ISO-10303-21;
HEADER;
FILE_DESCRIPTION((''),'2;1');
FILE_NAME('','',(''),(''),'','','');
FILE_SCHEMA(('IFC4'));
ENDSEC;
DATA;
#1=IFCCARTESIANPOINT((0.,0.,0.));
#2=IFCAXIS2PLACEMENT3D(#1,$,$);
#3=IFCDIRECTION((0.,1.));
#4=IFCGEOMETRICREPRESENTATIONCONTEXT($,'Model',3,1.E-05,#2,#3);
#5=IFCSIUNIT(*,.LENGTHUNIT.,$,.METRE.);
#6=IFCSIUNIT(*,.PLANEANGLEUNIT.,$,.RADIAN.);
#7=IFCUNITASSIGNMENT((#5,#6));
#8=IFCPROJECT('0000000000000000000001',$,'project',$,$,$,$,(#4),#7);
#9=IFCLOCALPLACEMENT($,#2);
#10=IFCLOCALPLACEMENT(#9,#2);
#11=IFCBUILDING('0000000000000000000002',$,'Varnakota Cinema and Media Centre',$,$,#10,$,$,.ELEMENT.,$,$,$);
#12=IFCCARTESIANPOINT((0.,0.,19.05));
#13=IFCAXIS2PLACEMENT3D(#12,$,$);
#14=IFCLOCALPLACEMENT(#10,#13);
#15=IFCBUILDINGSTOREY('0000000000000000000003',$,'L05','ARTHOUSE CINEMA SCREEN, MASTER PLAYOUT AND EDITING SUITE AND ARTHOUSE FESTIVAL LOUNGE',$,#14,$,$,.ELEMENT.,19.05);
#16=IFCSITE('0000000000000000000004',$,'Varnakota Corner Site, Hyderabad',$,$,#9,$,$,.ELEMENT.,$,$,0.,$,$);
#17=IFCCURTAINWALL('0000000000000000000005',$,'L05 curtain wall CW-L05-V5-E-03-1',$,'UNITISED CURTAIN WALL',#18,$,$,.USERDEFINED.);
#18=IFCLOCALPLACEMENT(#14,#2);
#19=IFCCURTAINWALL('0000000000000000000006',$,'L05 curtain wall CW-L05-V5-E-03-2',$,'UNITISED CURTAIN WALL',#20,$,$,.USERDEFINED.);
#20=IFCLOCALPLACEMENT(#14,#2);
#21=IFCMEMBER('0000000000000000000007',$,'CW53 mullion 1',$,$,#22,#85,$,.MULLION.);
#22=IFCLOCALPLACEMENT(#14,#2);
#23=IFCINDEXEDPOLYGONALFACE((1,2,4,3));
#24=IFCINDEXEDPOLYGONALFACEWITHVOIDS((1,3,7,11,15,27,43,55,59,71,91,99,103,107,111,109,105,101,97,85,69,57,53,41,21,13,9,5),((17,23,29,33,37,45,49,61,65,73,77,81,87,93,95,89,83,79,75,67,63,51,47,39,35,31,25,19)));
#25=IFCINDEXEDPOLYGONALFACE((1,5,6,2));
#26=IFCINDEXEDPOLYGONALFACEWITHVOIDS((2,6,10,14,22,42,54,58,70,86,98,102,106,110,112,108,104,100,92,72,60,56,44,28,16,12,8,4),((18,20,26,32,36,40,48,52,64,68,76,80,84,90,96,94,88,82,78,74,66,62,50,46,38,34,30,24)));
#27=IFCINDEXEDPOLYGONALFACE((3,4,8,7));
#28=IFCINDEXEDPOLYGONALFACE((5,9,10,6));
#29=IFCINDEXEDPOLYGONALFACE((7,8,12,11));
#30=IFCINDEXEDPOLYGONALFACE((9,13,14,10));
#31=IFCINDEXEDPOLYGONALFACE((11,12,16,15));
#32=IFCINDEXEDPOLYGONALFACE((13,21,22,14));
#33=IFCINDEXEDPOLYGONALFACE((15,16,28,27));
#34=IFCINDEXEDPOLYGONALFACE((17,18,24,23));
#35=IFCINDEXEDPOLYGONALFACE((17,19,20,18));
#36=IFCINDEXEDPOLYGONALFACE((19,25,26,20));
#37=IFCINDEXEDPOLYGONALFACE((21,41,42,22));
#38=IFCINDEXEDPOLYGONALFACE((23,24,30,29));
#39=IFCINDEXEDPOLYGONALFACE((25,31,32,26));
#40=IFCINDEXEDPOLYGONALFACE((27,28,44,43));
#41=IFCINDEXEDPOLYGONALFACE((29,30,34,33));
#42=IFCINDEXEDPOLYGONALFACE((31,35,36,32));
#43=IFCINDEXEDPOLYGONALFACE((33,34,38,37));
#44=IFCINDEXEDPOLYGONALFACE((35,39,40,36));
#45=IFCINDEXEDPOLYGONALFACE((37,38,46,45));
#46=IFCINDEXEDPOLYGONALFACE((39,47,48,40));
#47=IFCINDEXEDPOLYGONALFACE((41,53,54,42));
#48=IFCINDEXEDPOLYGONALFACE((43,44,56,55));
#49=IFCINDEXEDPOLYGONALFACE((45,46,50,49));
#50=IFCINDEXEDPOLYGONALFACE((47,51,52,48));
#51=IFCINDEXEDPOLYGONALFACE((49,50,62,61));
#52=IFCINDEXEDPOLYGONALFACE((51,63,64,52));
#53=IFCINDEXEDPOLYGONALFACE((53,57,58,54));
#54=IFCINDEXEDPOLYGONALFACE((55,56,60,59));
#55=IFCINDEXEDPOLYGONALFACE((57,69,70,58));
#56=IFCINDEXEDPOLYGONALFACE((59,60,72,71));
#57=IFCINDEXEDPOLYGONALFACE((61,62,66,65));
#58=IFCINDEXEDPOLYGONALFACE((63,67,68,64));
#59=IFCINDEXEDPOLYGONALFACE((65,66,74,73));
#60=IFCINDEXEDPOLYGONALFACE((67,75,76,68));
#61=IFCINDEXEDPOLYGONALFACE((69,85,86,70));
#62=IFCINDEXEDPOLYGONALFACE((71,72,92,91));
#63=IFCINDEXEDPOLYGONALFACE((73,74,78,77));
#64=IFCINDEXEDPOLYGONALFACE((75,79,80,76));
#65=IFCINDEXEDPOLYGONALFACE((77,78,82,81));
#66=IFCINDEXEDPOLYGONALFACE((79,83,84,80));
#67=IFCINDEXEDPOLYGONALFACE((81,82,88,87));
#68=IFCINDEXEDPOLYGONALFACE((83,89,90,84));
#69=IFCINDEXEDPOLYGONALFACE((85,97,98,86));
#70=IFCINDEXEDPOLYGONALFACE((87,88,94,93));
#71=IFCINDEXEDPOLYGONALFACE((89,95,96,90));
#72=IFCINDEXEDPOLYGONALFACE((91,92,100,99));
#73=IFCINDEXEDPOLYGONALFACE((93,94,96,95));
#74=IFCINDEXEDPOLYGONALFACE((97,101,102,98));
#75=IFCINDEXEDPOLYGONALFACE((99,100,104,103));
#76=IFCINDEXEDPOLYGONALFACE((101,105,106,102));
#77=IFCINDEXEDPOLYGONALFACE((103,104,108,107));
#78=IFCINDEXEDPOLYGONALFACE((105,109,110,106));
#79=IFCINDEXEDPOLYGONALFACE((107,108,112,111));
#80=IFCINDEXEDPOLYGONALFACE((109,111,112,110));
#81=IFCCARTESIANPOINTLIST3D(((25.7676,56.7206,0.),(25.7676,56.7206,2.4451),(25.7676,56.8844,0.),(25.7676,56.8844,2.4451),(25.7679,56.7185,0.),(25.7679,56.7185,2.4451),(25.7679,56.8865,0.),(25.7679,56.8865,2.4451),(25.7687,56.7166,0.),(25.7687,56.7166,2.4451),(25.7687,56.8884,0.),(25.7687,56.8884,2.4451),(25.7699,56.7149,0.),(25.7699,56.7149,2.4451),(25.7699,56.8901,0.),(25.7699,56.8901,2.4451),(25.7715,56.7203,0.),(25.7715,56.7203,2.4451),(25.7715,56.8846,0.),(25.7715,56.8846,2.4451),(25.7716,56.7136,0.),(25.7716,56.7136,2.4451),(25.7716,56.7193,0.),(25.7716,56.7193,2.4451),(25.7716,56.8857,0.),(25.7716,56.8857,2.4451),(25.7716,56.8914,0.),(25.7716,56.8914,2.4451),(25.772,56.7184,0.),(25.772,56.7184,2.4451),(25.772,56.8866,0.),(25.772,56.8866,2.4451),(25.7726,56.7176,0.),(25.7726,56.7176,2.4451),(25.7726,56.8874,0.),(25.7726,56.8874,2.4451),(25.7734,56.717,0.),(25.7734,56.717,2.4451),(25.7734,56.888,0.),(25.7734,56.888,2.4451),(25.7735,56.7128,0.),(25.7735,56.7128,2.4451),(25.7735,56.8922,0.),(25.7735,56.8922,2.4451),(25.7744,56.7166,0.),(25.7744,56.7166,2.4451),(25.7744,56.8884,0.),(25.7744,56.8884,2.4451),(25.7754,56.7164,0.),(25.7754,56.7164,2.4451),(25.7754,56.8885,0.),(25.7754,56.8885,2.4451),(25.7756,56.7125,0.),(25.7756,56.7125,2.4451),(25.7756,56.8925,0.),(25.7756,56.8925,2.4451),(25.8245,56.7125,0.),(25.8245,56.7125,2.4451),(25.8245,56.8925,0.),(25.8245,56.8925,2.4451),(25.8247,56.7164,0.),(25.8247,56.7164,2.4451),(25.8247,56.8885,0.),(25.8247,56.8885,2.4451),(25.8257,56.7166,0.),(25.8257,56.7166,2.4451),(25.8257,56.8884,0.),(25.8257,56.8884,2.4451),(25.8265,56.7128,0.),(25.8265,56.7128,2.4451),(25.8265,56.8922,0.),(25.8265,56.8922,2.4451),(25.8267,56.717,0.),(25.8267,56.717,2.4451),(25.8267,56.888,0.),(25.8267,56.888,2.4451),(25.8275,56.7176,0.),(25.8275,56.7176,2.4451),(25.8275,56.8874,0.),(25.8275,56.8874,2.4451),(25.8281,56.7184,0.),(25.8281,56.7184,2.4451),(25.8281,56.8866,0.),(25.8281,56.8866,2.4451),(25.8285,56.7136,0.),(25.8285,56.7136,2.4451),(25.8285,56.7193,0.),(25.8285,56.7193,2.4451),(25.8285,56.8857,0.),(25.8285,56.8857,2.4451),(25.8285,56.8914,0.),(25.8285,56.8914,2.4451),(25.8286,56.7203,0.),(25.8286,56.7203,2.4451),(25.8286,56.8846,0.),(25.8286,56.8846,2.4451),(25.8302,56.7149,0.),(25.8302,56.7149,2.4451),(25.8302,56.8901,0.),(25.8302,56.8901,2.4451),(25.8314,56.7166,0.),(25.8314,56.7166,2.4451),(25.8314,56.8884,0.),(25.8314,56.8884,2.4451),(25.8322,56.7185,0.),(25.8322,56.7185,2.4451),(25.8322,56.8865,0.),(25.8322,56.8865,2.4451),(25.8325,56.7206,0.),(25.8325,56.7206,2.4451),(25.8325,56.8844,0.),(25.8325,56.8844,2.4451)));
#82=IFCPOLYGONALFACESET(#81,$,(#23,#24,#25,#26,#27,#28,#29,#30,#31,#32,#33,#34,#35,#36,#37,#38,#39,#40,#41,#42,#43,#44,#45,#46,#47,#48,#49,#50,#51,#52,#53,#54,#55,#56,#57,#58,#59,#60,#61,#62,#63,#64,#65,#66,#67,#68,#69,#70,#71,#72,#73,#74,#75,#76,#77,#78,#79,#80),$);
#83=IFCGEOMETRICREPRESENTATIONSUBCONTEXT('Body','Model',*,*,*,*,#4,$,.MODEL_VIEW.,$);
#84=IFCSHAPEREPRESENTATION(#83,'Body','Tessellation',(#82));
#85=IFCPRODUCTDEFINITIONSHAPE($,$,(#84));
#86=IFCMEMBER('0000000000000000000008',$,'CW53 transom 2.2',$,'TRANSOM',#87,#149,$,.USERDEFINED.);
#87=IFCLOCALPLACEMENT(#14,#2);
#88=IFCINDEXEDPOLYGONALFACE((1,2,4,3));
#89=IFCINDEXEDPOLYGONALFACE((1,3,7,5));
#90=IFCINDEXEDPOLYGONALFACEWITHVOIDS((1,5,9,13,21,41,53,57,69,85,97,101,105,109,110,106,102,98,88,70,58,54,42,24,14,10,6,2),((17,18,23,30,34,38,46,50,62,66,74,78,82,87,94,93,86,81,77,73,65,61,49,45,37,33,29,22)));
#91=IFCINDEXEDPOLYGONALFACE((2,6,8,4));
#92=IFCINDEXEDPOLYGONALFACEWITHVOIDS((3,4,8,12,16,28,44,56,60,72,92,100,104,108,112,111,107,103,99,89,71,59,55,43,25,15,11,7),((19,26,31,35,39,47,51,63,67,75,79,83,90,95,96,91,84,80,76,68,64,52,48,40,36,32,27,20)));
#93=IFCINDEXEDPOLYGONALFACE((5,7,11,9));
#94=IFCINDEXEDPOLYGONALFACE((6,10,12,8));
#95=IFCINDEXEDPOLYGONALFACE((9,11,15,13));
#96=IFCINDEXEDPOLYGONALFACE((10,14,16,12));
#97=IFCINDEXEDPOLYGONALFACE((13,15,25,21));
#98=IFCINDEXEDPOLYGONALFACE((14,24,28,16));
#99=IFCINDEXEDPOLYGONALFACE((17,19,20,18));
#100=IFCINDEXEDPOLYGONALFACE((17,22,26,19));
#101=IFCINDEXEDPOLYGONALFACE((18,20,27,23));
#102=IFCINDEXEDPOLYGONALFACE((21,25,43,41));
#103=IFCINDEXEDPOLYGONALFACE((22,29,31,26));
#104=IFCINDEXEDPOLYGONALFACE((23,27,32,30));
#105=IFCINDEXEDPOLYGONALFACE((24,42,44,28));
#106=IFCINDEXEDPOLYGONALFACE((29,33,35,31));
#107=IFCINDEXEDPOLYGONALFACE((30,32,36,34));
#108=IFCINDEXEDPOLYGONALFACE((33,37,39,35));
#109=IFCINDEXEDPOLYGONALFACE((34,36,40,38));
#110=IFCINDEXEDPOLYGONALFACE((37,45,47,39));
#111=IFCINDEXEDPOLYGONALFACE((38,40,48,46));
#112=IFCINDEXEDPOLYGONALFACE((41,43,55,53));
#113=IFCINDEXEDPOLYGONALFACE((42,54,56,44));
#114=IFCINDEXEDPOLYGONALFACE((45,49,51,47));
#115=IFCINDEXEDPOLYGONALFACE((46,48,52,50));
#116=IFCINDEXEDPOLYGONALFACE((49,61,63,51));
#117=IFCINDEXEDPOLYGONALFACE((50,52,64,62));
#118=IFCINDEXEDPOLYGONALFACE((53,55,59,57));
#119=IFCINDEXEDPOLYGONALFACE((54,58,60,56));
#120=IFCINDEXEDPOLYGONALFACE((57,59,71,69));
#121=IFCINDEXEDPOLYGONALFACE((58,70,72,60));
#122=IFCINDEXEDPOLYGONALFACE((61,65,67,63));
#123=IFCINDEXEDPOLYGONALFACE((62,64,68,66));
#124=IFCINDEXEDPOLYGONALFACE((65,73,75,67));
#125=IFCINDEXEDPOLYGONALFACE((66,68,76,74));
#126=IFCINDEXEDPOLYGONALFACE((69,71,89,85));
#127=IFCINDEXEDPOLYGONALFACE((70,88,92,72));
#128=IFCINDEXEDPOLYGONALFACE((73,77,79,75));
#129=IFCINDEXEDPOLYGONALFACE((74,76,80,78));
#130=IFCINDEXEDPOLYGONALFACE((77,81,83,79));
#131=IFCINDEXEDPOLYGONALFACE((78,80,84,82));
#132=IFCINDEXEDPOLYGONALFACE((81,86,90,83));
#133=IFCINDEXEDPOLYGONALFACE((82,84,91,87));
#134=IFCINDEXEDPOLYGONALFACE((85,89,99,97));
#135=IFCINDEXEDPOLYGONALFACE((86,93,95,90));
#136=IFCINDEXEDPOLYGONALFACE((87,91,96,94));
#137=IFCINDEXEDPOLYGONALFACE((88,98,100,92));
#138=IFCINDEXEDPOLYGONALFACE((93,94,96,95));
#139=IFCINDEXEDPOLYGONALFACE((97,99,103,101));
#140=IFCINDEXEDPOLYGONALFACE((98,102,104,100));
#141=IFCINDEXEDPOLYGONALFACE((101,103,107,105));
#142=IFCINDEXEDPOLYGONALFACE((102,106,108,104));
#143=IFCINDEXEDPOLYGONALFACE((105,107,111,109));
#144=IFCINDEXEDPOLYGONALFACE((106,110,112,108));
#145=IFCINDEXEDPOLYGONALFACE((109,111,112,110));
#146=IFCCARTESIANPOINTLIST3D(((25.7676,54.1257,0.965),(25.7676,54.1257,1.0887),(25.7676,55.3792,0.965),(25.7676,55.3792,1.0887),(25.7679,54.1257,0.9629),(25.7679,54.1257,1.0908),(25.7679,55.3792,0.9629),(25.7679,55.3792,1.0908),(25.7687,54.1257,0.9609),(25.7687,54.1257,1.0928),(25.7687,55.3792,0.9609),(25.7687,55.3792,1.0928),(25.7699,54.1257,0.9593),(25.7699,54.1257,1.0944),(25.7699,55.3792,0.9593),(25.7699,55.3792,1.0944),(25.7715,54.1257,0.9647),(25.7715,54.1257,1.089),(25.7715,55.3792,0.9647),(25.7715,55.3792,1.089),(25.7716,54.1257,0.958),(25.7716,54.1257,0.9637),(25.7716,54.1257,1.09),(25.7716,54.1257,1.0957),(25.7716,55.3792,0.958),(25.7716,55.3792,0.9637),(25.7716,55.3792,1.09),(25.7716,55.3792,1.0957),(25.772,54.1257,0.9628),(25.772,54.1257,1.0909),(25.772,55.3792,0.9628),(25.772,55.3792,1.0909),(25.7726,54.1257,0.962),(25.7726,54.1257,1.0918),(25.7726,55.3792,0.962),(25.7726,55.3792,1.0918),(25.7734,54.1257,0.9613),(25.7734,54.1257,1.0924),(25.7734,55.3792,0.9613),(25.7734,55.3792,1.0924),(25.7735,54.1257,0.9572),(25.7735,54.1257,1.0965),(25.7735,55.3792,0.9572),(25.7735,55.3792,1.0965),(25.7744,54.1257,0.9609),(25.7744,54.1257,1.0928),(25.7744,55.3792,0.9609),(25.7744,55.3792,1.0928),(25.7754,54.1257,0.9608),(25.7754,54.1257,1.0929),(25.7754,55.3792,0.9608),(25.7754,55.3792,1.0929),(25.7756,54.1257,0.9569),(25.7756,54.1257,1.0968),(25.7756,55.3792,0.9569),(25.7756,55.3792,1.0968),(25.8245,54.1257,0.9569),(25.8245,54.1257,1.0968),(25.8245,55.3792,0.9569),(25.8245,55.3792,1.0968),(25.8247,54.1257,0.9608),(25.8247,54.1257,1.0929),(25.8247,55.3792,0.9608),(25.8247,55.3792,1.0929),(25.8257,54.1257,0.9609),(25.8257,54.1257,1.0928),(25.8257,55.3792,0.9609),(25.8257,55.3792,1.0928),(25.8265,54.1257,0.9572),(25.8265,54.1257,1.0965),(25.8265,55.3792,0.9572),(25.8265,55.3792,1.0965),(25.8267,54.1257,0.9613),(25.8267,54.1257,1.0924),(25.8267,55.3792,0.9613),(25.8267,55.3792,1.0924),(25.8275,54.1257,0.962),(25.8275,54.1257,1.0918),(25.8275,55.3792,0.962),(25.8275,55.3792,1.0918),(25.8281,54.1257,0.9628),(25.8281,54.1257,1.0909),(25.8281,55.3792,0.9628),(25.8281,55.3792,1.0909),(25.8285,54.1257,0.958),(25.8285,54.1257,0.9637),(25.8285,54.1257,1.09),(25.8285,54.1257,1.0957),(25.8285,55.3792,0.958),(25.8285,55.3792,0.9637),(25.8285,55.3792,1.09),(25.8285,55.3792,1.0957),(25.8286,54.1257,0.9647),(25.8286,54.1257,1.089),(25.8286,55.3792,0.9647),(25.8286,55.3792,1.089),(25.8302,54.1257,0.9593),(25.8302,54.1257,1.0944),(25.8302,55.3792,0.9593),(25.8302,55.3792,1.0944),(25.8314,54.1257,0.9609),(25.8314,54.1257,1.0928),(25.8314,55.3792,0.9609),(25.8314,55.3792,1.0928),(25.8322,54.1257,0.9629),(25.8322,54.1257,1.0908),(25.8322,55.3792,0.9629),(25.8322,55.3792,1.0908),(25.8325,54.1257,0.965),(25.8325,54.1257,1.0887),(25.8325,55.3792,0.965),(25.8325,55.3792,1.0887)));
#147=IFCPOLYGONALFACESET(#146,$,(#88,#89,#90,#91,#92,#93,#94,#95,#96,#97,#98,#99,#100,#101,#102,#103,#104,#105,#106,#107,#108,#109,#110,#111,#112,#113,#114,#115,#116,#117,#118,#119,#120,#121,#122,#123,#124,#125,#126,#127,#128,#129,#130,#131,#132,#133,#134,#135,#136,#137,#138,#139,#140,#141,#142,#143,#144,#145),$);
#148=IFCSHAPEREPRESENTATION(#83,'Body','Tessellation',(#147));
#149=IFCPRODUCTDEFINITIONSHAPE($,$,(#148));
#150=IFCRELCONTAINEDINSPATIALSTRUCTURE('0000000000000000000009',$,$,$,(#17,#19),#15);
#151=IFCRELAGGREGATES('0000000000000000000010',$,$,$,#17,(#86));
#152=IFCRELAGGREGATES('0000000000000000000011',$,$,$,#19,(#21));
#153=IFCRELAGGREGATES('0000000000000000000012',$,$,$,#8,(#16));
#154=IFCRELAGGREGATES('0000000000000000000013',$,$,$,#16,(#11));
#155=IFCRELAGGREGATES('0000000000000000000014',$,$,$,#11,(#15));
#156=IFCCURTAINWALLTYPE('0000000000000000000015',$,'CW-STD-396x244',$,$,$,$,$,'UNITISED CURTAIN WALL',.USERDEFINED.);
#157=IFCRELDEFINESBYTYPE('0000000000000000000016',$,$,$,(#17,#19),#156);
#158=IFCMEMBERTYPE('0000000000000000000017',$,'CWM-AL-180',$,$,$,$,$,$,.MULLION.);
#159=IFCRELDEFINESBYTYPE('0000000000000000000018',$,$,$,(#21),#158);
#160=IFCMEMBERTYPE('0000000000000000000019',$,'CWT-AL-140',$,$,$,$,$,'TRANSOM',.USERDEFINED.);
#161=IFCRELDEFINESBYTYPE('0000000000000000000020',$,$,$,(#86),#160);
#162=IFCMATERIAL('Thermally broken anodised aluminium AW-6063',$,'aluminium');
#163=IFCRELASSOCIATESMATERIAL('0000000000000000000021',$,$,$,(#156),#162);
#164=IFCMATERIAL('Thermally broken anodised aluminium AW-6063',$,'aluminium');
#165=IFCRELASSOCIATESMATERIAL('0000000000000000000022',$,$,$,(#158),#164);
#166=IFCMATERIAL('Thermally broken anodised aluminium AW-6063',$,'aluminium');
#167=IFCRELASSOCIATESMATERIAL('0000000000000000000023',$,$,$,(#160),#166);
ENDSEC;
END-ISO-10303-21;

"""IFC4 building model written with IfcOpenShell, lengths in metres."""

from ifc_helpers import new_model, si_unit, direction, frame, origin, origin_2d, place, context, subcontext, project, spatial, hollow_rectangle, extrude, material, material_profile, profile_set, type_object, element, aggregate, save


model = new_model("IFC4")

# Units and contexts
model_context = context("Model", 3, precision=1e-05, world=origin(), true_north=direction((0.0, 1.0)))
body_context = subcontext(model_context, "Body", "Model", "MODEL_VIEW")
ifc_project = project(units=[si_unit("LENGTHUNIT", "METRE"), si_unit("PLANEANGLEUNIT", "RADIAN")], contexts=[model_context])

# Site, building, storey
site_placement = place(None, origin())
site = spatial("IfcSite", under=ifc_project, at=site_placement, Name="Varnakota Corner Site, Hyderabad", CompositionType="ELEMENT", RefElevation=0.0)
building_placement = place(site_placement, origin())
building = spatial("IfcBuilding", under=site, at=building_placement, Name="Varnakota Cinema and Media Centre", CompositionType="ELEMENT")
storey_placement = place(building_placement, frame((0.0, 0.0, 19.05)))
storey = spatial("IfcBuildingStorey", under=building, at=storey_placement, Name="L05", Description="ARTHOUSE CINEMA SCREEN, MASTER PLAYOUT AND EDITING SUITE AND ARTHOUSE FESTIVAL LOUNGE", CompositionType="ELEMENT", Elevation=19.05)

# Curtain wall
ifc_material_1 = material(Name="Thermally broken anodised aluminium AW-6063", Category="aluminium")
curtain_wall_type = type_object("IfcCurtainWallType", Name="CW-STD-396x244", ElementType="UNITISED CURTAIN WALL", PredefinedType="USERDEFINED", material=ifc_material_1)
curtain_wall_1_placement = place(storey_placement, origin())
curtain_wall_1 = element("IfcCurtainWall", 1, at=curtain_wall_1_placement, inside=storey, type_object=curtain_wall_type, Name="L05 curtain wall CW-L05-V5-E-03-1", ObjectType="UNITISED CURTAIN WALL", PredefinedType="USERDEFINED")
ifc_material_2 = material(Name="Thermally broken anodised aluminium AW-6063", Category="aluminium")
ifc_material_profile_1 = material_profile(ifc_material_2, hollow_rectangle(XDim=0.0649, YDim=0.1799, WallThickness=0.0039, InnerFilletRadius=0.0039, OuterFilletRadius=0.0081, at=origin_2d()), Name="AL-MULLION 180x65x4")
ifc_profile_set_1 = profile_set([ifc_material_profile_1], Name="Thermally broken anodised aluminium AW-6063")
member_type_1 = type_object("IfcMemberType", Name="CWM-AL-180", PredefinedType="MULLION", material=ifc_profile_set_1)

# Curtain wall, member
curtain_wall_2_placement = place(storey_placement, origin())
curtain_wall_2 = element("IfcCurtainWall", 2, at=curtain_wall_2_placement, inside=storey, type_object=curtain_wall_type, Name="L05 curtain wall CW-L05-V5-E-03-2", ObjectType="UNITISED CURTAIN WALL", PredefinedType="USERDEFINED")
member_1_placement = place(storey_placement, frame((25.8, 56.8025, 0.0), z_axis=(0.0, 0.0, 1.0), x_axis=(-1.0, 0.0, 0.0)))
member_1 = element("IfcMember", 3, at=member_1_placement, type_object=member_type_1, Name="CW53 mullion 1", PredefinedType="MULLION", context=body_context, shape_type="SweptSolid", body=[
    extrude(hollow_rectangle(XDim=0.0649, YDim=0.1799, WallThickness=0.0039, InnerFilletRadius=0.0039, OuterFilletRadius=0.0081, at=origin_2d()), origin(), (0.0, 0.0, 1.0), 2.4451),
])

# Member
ifc_material_3 = material(Name="Thermally broken anodised aluminium AW-6063", Category="aluminium")
ifc_material_profile_2 = material_profile(ifc_material_3, hollow_rectangle(XDim=0.0649, YDim=0.1399, WallThickness=0.0039, InnerFilletRadius=0.0039, OuterFilletRadius=0.0081, at=origin_2d()), Name="AL-TRANSOM 140x65x4")
ifc_profile_set_2 = profile_set([ifc_material_profile_2], Name="Thermally broken anodised aluminium AW-6063")
member_type_2 = type_object("IfcMemberType", Name="CWT-AL-140", ElementType="TRANSOM", PredefinedType="USERDEFINED", material=ifc_profile_set_2)
member_2_placement = place(storey_placement, frame((25.8, 54.1257, 1.0269), z_axis=(0.0, 1.0, 0.0), x_axis=(-1.0, 0.0, 0.0)))
member_2 = element("IfcMember", 4, at=member_2_placement, type_object=member_type_2, Name="CW53 transom 2.2", ObjectType="TRANSOM", PredefinedType="USERDEFINED", context=body_context, shape_type="SweptSolid", body=[
    extrude(hollow_rectangle(XDim=0.0649, YDim=0.1399, WallThickness=0.0039, InnerFilletRadius=0.0039, OuterFilletRadius=0.0081, at=origin_2d()), origin(), (0.0, 0.0, 1.0), 1.2534),
])

aggregate(curtain_wall_1, [member_2])
aggregate(curtain_wall_2, [member_1])

save(model, "model.ifc")
